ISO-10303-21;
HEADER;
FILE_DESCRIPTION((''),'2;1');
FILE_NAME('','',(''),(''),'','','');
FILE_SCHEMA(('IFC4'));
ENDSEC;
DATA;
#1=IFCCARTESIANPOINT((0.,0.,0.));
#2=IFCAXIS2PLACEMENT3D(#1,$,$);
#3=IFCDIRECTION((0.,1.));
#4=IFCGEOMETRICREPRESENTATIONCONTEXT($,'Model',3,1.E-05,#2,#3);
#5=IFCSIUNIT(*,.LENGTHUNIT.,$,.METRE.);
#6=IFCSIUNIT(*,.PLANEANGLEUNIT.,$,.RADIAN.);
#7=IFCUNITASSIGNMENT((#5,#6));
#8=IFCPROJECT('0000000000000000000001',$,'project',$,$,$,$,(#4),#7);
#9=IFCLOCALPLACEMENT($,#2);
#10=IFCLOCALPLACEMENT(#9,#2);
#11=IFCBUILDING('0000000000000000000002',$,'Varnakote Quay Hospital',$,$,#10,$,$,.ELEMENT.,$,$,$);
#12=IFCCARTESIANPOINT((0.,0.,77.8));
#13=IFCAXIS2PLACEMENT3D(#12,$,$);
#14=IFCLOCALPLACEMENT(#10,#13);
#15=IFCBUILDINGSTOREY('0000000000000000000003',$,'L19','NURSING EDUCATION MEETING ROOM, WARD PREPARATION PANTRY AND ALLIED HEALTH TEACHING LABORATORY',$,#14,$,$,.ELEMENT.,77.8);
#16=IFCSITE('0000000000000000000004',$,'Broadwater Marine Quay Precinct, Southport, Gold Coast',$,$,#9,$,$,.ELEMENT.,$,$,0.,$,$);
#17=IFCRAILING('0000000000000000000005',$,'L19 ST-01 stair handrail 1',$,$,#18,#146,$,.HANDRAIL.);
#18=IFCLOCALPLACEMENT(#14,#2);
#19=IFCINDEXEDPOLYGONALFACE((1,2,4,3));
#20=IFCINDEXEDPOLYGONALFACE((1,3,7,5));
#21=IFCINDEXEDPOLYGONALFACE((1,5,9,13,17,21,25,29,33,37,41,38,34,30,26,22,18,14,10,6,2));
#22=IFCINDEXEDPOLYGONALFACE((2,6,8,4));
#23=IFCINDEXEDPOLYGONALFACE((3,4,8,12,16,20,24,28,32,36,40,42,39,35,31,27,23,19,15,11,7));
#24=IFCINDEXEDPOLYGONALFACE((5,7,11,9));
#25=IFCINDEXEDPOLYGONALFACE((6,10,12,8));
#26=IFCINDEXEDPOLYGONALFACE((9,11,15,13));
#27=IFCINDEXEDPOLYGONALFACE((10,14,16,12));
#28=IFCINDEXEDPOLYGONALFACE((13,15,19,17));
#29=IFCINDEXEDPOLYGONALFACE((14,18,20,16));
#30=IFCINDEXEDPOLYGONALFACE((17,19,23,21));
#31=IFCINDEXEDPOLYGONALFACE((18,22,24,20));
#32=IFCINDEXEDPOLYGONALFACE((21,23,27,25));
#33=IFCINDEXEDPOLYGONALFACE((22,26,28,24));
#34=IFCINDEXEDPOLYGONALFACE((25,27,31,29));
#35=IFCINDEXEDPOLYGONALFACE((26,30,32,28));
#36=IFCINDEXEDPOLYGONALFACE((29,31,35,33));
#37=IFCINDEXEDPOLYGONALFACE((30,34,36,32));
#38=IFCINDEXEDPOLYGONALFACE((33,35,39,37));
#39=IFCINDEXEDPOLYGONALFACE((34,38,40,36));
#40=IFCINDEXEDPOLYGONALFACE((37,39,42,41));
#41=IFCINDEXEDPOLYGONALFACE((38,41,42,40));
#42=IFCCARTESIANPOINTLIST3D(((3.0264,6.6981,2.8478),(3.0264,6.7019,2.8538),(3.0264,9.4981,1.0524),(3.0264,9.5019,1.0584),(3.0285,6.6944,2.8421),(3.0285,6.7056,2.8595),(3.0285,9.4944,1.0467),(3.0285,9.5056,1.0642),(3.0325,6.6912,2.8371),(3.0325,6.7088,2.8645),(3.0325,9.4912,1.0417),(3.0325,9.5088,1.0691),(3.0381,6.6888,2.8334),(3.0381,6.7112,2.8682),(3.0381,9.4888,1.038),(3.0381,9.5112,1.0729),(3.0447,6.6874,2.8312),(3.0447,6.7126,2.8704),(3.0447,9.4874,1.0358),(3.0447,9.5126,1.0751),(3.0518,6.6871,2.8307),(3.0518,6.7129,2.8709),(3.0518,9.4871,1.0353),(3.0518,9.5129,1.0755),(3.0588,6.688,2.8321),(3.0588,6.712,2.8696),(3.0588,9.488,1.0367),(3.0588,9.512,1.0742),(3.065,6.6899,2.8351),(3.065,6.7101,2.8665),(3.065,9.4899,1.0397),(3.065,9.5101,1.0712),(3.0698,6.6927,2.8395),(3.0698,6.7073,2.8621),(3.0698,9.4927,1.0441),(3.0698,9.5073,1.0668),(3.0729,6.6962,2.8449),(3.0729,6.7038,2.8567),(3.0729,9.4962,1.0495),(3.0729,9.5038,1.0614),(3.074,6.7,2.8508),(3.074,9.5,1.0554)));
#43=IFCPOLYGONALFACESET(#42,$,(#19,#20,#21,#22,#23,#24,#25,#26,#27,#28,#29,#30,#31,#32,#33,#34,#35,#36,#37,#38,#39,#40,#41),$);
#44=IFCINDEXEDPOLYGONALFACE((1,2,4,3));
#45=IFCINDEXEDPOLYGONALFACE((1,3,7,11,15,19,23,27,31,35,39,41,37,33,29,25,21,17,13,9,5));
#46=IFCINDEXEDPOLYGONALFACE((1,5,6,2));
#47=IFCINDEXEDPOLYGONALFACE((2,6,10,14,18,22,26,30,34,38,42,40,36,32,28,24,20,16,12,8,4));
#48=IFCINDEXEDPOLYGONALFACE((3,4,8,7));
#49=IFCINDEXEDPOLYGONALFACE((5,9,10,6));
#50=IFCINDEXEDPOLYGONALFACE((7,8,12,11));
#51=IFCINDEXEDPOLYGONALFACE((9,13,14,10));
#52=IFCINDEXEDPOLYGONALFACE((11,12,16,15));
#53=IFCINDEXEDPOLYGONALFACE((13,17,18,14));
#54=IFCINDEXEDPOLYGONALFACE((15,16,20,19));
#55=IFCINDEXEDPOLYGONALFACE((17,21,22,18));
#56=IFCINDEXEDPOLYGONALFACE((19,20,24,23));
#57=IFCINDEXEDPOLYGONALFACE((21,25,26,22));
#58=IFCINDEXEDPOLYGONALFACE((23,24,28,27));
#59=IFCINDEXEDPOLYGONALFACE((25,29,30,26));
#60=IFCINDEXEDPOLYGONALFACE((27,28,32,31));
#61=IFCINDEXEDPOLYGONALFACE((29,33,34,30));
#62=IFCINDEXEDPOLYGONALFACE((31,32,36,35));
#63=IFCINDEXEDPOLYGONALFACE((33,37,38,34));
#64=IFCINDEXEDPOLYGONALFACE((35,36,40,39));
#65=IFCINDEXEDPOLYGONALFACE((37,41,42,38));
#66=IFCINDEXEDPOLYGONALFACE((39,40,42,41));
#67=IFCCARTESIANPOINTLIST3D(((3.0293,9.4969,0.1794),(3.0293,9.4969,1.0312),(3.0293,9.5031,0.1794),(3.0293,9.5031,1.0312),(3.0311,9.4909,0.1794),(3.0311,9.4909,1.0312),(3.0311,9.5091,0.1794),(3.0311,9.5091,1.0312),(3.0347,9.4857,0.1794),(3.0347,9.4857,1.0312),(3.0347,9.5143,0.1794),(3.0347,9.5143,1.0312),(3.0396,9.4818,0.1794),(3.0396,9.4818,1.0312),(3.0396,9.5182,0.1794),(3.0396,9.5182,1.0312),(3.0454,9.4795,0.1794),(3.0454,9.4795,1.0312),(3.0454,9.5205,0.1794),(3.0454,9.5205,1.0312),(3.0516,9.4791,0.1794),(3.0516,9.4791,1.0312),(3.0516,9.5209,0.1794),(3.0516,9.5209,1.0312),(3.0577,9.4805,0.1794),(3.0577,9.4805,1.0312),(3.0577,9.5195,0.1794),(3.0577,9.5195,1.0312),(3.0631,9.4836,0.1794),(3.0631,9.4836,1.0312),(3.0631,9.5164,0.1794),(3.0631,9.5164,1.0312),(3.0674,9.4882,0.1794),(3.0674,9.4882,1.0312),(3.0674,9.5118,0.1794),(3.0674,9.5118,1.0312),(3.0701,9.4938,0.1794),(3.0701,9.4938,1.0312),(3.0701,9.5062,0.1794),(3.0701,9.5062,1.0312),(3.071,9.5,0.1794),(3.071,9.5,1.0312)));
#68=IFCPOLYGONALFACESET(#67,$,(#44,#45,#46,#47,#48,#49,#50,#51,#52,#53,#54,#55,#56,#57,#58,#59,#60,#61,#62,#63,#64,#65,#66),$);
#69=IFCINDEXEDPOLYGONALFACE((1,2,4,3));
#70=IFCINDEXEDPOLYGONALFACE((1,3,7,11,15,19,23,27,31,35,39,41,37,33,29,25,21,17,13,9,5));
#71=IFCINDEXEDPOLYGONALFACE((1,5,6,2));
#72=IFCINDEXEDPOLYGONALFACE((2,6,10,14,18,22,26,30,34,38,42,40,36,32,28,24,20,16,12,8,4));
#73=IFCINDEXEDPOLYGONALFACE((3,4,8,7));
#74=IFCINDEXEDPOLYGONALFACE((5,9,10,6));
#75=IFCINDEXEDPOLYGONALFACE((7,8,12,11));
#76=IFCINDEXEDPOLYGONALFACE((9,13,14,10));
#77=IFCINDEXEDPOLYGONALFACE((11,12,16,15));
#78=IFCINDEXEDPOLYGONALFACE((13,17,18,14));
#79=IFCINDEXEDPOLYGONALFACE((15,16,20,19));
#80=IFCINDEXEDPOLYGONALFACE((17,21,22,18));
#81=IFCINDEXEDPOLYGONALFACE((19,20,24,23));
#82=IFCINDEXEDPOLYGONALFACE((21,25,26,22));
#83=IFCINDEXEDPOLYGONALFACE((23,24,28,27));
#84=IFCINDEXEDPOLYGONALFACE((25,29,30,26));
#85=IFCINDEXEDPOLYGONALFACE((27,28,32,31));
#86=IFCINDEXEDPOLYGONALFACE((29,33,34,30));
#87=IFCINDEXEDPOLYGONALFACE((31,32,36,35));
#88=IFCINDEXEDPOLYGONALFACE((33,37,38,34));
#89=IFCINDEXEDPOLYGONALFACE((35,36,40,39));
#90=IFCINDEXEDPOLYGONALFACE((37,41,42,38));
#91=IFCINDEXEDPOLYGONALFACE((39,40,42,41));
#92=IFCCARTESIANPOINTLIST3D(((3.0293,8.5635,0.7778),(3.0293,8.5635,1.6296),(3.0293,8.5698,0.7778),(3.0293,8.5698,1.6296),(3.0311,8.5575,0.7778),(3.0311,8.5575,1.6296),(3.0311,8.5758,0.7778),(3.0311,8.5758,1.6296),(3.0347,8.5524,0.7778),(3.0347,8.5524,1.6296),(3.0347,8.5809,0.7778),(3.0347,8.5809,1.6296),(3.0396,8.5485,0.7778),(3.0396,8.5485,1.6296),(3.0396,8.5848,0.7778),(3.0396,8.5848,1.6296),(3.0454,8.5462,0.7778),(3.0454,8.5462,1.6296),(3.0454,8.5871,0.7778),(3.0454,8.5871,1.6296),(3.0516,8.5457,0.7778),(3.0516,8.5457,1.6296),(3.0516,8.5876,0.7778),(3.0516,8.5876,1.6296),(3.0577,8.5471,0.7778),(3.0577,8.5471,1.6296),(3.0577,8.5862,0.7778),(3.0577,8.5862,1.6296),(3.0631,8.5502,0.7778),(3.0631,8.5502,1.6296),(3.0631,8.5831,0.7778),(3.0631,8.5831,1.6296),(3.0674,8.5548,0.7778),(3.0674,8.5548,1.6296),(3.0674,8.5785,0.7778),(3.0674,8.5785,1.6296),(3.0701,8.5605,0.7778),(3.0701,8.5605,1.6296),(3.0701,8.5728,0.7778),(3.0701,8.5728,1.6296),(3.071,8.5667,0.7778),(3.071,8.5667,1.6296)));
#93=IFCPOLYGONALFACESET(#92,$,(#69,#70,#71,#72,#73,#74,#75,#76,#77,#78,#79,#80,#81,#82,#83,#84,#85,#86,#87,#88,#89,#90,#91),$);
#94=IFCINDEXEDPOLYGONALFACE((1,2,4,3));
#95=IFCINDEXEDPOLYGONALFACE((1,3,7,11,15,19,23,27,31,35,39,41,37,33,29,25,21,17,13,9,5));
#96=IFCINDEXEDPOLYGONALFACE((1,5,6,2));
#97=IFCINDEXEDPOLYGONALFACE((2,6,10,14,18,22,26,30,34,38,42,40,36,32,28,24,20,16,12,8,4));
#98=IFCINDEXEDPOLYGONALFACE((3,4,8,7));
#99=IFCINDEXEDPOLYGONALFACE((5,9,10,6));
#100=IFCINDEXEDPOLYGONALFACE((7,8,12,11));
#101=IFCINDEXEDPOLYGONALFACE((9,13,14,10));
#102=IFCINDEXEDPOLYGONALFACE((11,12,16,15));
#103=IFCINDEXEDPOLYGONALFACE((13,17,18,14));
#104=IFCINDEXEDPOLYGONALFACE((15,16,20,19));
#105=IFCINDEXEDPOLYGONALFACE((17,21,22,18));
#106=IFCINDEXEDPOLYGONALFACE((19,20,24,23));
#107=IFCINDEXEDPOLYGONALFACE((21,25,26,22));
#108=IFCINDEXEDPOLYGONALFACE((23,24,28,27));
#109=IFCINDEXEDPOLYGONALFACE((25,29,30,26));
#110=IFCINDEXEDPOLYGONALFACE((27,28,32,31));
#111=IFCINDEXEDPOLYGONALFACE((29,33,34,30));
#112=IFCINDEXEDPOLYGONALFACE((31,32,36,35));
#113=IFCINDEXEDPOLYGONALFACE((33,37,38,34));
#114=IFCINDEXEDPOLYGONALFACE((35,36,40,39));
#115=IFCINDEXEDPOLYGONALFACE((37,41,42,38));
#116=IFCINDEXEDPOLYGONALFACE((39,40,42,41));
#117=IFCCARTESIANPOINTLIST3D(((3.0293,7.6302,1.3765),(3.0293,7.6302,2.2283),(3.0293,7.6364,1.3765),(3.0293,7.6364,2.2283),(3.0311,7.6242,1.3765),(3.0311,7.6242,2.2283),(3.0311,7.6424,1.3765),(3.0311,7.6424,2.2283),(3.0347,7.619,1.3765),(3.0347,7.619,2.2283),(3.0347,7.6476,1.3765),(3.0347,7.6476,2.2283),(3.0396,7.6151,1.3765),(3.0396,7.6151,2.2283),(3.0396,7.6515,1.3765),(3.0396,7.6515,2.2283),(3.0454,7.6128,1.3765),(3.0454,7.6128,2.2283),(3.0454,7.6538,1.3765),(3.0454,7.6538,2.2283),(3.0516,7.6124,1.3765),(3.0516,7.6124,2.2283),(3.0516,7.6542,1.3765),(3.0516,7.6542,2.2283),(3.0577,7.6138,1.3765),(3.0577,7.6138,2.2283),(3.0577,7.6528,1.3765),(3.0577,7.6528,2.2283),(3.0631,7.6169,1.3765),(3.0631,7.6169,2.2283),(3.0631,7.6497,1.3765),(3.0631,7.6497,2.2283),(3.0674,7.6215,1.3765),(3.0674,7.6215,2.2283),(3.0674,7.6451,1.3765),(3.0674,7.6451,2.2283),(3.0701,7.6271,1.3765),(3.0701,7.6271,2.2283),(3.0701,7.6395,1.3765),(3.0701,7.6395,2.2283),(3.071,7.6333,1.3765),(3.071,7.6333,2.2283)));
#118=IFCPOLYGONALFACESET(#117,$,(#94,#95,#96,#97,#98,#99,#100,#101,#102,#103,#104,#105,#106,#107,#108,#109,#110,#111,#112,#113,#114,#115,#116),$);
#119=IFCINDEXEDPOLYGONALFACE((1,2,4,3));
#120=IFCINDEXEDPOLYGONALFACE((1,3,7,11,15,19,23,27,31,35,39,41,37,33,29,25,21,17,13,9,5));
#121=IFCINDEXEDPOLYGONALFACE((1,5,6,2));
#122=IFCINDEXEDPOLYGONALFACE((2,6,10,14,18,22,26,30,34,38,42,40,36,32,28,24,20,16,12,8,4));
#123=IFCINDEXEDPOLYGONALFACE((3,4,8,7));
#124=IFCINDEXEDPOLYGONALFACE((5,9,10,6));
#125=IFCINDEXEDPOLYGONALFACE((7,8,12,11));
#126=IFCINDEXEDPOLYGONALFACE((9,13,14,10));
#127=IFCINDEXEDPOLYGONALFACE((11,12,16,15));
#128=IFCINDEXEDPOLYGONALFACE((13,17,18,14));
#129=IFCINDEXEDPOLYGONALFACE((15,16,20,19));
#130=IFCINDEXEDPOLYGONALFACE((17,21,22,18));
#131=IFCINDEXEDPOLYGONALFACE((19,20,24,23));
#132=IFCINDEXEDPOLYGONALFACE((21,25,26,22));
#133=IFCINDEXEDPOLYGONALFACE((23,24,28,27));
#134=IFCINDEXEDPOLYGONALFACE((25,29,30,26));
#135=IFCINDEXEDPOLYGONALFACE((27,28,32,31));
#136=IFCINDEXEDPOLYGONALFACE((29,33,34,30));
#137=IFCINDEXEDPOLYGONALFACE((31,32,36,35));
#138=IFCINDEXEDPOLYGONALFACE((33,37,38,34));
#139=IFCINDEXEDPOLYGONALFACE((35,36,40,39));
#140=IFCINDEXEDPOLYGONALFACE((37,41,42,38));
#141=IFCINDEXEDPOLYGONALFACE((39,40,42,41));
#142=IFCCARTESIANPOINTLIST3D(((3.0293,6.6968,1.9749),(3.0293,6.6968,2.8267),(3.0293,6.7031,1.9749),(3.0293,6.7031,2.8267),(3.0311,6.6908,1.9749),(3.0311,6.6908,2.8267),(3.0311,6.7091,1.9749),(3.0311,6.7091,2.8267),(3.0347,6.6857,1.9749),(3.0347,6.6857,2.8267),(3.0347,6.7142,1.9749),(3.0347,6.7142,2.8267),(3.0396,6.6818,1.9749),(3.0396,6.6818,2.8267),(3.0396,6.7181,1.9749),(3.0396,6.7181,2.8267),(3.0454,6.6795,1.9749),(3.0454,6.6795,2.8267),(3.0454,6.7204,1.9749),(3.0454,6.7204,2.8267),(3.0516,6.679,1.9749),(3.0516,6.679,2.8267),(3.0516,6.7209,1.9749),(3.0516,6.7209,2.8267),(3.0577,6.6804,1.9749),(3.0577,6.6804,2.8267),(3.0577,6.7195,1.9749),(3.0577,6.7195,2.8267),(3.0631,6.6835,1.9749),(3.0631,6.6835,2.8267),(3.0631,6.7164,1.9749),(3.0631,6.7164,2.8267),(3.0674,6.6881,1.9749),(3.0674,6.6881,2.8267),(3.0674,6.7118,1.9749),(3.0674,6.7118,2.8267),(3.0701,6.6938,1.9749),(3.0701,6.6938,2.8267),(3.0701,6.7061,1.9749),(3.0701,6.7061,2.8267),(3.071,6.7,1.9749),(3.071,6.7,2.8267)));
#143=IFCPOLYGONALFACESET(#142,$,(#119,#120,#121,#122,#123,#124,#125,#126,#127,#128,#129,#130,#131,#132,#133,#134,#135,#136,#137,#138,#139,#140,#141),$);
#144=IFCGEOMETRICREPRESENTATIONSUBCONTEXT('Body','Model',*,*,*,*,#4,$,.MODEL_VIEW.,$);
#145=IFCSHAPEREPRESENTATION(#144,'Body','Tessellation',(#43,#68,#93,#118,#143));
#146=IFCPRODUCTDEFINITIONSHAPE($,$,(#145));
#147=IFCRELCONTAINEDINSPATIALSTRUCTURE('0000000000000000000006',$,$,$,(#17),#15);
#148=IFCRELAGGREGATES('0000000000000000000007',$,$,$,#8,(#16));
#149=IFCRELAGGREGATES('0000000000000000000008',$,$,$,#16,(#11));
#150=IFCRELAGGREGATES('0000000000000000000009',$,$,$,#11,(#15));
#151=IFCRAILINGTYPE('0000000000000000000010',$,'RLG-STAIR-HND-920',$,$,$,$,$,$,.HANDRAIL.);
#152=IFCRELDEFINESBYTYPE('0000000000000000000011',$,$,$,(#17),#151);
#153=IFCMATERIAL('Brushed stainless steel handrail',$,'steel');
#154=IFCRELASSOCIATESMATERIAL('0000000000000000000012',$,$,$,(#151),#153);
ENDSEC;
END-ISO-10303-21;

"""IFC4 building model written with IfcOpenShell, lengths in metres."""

from ifc_helpers import new_model, si_unit, direction, frame, origin, origin_2d, place, context, subcontext, project, spatial, circle, extrude, material, type_object, element, save


model = new_model("IFC4")

# Units and contexts
model_context = context("Model", 3, precision=1e-05, world=origin(), true_north=direction((0.0, 1.0)))
body_context = subcontext(model_context, "Body", "Model", "MODEL_VIEW")
ifc_project = project(units=[si_unit("LENGTHUNIT", "METRE"), si_unit("PLANEANGLEUNIT", "RADIAN")], contexts=[model_context])

# Site, building, storey
site_placement = place(None, origin())
site = spatial("IfcSite", under=ifc_project, at=site_placement, Name="Broadwater Marine Quay Precinct, Southport, Gold Coast", CompositionType="ELEMENT", RefElevation=0.0)
building_placement = place(site_placement, origin())
building = spatial("IfcBuilding", under=site, at=building_placement, Name="Varnakote Quay Hospital", CompositionType="ELEMENT")
storey_placement = place(building_placement, frame((0.0, 0.0, 77.8)))
storey = spatial("IfcBuildingStorey", under=building, at=storey_placement, Name="L19", Description="NURSING EDUCATION MEETING ROOM, WARD PREPARATION PANTRY AND ALLIED HEALTH TEACHING LABORATORY", CompositionType="ELEMENT", Elevation=77.8)

# Railing
ifc_material_1 = material(Name="Brushed stainless steel handrail", Category="steel")
railing_type_1 = type_object("IfcRailingType", Name="RLG-STAIR-HND-920", PredefinedType="HANDRAIL", material=ifc_material_1)
railing_1_placement = place(storey_placement, frame((3.05, 9.5, 0.1794)))
element("IfcRailing", 1, at=railing_1_placement, inside=storey, type_object=railing_type_1, Name="L19 ST-01 stair handrail 1", PredefinedType="HANDRAIL", context=body_context, shape_type="SweptSolid", body=[
    extrude(circle(Radius=0.0239, at=origin_2d()), frame((0.0, 0.0, 0.876), z_axis=(0.0, -0.84181, 0.539774), x_axis=(1.0, 0.0, 0.0)), (0.0, 0.0, 1.0), 3.3262),
    extrude(circle(Radius=0.021, at=origin_2d()), origin(), (0.0, 0.0, 1.0), 0.8518),
    extrude(circle(Radius=0.021, at=origin_2d()), frame((0.0, -0.9333, 0.5984)), (0.0, 0.0, 1.0), 0.8518),
    extrude(circle(Radius=0.021, at=origin_2d()), frame((0.0, -1.8667, 1.197)), (0.0, 0.0, 1.0), 0.8518),
    extrude(circle(Radius=0.021, at=origin_2d()), frame((0.0, -2.8, 1.7954)), (0.0, 0.0, 1.0), 0.8518),
])

save(model, "model.ifc")
